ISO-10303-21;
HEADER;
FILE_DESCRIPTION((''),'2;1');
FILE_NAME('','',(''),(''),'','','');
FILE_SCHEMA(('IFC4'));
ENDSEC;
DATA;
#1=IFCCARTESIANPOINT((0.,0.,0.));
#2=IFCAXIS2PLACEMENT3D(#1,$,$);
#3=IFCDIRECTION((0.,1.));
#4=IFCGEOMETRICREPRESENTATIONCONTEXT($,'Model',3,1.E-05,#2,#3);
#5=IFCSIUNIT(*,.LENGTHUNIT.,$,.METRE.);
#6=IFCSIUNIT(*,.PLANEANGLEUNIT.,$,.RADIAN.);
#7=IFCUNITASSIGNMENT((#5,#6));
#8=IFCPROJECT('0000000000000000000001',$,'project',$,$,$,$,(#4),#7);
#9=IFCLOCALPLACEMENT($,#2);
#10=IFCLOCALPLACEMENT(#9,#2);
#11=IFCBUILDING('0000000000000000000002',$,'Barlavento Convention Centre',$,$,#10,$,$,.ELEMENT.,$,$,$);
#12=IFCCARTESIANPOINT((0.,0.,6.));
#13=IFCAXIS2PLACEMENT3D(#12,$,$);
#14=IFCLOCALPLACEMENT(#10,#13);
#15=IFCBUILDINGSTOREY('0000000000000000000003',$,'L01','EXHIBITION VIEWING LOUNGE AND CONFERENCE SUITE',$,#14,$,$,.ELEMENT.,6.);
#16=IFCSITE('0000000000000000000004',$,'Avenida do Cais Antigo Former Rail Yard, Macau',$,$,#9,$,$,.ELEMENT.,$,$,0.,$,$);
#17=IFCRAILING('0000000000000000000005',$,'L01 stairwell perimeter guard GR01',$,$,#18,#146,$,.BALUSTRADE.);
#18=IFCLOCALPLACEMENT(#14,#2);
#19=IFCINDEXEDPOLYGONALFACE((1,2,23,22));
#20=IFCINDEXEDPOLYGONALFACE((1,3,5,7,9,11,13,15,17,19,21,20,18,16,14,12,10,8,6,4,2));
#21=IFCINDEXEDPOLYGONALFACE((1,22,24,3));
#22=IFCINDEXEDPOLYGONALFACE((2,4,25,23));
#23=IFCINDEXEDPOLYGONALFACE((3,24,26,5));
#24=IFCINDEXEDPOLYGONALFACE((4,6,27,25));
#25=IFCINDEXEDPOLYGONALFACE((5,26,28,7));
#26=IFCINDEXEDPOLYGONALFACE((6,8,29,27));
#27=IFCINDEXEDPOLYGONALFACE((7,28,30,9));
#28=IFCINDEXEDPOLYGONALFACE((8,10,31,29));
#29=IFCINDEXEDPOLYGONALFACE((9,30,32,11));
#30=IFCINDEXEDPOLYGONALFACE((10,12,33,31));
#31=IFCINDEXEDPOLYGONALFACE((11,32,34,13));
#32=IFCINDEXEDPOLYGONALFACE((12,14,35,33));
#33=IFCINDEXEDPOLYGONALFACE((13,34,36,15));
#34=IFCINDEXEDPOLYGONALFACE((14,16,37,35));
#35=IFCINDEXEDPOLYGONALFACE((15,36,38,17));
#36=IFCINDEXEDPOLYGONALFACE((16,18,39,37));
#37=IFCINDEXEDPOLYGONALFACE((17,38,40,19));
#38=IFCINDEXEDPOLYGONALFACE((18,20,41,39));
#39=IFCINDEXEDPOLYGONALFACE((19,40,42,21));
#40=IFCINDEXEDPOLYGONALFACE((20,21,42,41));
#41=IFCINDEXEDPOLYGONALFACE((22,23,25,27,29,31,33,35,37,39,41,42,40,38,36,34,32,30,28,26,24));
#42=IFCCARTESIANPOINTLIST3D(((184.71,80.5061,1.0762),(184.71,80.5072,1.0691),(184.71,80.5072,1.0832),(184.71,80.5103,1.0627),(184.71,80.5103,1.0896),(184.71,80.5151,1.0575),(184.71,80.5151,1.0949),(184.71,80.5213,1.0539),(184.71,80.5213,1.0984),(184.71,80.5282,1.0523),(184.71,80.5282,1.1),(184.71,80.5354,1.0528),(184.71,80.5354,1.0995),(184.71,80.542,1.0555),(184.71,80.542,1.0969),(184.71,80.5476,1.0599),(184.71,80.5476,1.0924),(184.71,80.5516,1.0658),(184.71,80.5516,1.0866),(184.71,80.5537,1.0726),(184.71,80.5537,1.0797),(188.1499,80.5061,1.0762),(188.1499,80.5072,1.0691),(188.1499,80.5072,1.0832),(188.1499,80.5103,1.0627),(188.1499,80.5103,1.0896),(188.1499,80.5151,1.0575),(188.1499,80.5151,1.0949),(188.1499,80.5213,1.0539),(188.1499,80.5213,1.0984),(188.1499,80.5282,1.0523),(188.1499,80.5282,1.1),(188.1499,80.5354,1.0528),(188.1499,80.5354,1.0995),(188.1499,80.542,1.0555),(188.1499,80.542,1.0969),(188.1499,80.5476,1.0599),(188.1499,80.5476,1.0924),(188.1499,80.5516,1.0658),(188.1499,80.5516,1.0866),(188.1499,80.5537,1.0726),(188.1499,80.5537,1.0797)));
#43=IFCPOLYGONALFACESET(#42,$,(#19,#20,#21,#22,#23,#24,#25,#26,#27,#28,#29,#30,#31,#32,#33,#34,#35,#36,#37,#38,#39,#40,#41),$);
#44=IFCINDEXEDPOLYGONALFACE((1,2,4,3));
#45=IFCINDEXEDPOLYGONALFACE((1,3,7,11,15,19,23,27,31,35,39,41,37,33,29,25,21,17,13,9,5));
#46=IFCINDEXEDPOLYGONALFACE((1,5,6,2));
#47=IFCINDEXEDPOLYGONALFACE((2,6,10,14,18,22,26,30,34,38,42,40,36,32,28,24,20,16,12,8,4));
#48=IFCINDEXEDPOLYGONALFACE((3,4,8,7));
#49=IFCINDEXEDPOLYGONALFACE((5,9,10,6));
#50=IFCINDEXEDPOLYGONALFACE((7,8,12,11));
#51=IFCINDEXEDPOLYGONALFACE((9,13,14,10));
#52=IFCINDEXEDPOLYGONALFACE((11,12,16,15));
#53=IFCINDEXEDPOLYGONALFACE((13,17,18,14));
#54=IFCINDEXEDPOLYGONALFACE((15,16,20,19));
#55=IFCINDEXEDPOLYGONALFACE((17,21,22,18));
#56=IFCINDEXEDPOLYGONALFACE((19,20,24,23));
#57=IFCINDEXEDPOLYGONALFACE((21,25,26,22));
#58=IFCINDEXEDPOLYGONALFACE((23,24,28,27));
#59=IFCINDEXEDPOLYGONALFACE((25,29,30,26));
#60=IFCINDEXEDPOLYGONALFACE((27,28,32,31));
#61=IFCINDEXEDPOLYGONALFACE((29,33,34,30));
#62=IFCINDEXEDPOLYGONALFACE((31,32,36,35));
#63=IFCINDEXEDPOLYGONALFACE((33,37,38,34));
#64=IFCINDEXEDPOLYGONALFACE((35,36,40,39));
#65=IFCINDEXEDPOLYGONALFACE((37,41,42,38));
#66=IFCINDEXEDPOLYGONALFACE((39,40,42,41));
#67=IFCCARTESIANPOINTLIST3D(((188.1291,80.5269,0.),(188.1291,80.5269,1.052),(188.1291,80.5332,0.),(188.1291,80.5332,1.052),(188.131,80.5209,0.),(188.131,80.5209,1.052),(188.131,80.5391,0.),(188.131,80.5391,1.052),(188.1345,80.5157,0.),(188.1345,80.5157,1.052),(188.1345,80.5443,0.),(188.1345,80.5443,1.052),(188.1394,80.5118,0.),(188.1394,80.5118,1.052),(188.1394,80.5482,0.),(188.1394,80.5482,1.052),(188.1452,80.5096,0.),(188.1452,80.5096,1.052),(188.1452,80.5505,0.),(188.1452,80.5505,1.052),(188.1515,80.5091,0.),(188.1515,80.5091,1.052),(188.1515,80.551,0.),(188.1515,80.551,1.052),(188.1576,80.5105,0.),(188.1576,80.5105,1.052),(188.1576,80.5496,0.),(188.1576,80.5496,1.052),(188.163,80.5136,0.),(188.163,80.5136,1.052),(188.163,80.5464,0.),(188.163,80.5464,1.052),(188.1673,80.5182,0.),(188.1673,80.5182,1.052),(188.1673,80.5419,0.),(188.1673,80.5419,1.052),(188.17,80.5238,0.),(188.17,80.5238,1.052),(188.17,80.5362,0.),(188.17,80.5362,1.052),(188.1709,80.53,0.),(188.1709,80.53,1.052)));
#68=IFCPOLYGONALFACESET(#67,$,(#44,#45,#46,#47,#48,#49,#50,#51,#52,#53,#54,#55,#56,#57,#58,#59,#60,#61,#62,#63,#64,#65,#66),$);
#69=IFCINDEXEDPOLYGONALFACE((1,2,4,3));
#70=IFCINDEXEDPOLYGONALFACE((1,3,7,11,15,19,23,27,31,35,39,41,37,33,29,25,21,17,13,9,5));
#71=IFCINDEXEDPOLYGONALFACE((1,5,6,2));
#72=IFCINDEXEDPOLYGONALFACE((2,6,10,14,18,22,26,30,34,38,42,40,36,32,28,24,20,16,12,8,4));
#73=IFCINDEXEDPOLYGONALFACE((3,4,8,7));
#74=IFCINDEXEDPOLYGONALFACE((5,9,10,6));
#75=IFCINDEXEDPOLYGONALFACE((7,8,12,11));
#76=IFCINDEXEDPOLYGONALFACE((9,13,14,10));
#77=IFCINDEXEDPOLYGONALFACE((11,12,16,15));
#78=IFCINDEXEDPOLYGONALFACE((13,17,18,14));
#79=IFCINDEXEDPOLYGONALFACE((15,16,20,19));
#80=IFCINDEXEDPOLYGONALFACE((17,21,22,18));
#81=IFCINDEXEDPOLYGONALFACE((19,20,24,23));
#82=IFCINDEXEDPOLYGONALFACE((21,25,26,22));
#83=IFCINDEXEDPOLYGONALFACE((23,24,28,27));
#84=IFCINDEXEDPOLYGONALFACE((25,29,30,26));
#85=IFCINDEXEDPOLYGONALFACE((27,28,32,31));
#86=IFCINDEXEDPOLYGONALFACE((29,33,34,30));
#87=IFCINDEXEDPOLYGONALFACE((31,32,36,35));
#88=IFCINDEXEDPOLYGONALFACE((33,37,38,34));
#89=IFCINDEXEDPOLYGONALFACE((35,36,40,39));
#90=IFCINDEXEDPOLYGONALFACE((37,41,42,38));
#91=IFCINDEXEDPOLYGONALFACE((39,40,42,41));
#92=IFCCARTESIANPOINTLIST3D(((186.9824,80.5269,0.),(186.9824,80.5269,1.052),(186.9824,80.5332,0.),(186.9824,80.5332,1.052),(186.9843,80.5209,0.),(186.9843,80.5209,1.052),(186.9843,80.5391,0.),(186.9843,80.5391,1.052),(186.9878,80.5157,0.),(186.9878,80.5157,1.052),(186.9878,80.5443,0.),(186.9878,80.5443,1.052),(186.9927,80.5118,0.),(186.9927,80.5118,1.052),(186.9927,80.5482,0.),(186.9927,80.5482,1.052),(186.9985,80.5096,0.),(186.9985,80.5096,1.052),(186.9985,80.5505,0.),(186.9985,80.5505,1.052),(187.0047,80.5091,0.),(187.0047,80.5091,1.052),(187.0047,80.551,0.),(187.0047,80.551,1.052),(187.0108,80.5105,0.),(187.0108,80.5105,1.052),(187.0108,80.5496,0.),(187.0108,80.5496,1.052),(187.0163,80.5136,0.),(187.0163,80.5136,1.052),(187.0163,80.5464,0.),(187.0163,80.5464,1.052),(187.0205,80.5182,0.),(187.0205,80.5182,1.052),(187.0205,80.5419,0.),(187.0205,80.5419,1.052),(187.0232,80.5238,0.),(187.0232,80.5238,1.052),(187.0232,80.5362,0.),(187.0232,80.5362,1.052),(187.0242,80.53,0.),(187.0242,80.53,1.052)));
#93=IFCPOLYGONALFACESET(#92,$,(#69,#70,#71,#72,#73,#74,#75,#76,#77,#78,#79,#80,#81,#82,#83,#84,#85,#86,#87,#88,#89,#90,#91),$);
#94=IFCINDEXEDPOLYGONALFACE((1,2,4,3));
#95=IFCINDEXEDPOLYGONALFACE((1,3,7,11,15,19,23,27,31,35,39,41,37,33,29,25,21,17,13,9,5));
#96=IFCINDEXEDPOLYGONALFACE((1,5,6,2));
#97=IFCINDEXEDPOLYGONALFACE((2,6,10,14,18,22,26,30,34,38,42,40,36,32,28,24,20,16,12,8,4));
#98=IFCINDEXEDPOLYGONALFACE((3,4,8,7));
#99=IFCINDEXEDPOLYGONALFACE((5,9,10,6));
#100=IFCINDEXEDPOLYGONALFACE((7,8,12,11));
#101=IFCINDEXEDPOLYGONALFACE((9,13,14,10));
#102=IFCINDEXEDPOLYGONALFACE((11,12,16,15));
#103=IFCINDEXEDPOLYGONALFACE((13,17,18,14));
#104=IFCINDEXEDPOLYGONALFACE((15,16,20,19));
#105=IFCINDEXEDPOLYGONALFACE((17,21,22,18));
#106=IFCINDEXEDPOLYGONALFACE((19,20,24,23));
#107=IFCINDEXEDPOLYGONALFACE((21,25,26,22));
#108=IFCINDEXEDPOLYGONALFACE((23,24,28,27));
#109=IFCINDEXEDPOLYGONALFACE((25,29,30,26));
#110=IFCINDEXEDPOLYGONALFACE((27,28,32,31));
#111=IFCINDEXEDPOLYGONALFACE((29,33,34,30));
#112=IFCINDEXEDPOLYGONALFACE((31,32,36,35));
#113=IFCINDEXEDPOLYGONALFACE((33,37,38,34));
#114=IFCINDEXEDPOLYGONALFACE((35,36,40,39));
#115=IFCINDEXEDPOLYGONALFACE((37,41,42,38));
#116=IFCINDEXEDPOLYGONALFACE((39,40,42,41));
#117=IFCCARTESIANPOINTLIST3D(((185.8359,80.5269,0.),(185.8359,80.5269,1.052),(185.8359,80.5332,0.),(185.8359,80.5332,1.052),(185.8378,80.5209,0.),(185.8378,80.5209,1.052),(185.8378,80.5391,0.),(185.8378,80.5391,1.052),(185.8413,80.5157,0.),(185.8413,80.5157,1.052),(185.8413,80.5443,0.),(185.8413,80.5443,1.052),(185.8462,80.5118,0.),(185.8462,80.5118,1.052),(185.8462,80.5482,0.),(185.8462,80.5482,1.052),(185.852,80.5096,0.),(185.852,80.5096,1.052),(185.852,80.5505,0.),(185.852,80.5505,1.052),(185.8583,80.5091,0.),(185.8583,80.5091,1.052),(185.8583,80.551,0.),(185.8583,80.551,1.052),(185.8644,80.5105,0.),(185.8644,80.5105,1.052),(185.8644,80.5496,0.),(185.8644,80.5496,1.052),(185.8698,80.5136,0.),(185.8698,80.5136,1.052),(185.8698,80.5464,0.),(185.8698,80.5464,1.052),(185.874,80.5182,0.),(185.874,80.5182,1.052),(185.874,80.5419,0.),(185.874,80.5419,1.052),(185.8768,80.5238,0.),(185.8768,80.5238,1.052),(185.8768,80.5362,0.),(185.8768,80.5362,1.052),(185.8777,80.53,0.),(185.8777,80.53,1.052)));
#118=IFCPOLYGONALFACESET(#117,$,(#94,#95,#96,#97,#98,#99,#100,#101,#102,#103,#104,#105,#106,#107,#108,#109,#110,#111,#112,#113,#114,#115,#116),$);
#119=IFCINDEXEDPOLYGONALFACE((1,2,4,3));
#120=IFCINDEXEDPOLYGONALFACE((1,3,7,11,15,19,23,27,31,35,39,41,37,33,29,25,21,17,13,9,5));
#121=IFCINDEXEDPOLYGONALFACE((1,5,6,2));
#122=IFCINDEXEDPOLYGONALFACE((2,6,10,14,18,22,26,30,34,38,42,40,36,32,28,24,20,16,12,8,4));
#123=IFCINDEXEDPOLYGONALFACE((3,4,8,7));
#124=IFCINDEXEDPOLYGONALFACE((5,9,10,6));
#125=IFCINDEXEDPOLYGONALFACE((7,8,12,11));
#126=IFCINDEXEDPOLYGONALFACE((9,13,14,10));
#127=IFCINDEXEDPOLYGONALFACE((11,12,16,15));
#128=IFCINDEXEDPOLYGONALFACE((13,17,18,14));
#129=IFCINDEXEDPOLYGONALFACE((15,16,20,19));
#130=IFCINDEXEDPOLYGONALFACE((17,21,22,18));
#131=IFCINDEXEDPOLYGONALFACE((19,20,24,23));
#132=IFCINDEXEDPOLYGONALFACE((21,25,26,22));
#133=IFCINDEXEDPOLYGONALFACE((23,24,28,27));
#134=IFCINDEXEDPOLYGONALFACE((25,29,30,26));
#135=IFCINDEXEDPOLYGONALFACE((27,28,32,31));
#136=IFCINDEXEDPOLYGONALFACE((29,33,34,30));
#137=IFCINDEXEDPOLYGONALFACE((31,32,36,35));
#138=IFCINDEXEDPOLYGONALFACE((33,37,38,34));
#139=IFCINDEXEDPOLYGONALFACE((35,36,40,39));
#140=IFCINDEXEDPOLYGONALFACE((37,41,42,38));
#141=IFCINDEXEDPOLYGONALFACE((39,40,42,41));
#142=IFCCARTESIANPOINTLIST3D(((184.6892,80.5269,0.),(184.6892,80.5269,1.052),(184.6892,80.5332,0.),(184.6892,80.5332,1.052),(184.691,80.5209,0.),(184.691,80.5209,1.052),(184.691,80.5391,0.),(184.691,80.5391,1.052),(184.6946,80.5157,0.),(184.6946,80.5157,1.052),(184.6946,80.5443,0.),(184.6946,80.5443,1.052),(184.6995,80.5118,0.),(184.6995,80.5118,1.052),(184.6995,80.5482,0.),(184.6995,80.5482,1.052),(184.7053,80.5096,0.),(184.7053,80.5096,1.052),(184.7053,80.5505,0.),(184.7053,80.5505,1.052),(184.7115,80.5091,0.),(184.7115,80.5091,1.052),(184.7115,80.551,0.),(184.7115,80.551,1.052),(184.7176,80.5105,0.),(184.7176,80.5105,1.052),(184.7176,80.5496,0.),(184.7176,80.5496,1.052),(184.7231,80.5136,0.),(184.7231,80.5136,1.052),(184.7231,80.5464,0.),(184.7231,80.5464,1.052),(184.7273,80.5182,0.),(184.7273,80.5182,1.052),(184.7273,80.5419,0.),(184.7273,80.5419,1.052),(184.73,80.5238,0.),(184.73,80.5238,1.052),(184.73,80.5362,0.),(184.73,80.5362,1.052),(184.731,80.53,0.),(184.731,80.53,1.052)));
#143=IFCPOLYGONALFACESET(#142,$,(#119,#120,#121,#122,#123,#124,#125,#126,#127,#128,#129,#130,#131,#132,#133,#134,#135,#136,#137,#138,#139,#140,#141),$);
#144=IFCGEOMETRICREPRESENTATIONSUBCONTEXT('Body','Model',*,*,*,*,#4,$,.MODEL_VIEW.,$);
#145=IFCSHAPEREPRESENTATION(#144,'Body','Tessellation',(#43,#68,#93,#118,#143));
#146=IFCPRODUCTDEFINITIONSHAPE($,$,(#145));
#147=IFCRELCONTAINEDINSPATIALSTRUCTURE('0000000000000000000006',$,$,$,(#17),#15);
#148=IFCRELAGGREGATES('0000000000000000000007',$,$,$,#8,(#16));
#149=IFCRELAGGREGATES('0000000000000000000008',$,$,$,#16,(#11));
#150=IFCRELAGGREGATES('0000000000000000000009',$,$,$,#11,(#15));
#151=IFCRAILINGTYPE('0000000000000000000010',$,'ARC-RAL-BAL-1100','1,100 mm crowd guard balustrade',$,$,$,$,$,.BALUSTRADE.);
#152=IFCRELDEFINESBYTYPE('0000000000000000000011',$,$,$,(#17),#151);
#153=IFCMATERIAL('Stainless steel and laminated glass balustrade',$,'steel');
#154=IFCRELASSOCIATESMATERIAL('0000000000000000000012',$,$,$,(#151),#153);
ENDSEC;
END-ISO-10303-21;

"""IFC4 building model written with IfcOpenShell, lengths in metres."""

from ifc_helpers import new_model, si_unit, direction, frame, origin, origin_2d, place, context, subcontext, project, spatial, circle, extrude, material, type_object, element, save


model = new_model("IFC4")

# Units and contexts
model_context = context("Model", 3, precision=1e-05, world=origin(), true_north=direction((0.0, 1.0)))
body_context = subcontext(model_context, "Body", "Model", "MODEL_VIEW")
ifc_project = project(units=[si_unit("LENGTHUNIT", "METRE"), si_unit("PLANEANGLEUNIT", "RADIAN")], contexts=[model_context])

# Site, building, storey
site_placement = place(None, origin())
site = spatial("IfcSite", under=ifc_project, at=site_placement, Name="Avenida do Cais Antigo Former Rail Yard, Macau", CompositionType="ELEMENT", RefElevation=0.0)
building_placement = place(site_placement, origin())
building = spatial("IfcBuilding", under=site, at=building_placement, Name="Barlavento Convention Centre", CompositionType="ELEMENT")
storey_placement = place(building_placement, frame((0.0, 0.0, 6.0)))
storey = spatial("IfcBuildingStorey", under=building, at=storey_placement, Name="L01", Description="EXHIBITION VIEWING LOUNGE AND CONFERENCE SUITE", CompositionType="ELEMENT", Elevation=6.0)

# Railing
ifc_material_1 = material(Name="Stainless steel and laminated glass balustrade", Category="steel")
railing_type_1 = type_object("IfcRailingType", Name="ARC-RAL-BAL-1100", Description="1,100 mm crowd guard balustrade", PredefinedType="BALUSTRADE", material=ifc_material_1)
for number, where, name in (
    (1, (188.1499, 80.53, 0.0), "L01 stairwell perimeter guard GR01"),
):
    element("IfcRailing", number, at=place(storey_placement, frame(where)), inside=storey, type_object=railing_type_1, Name=name, PredefinedType="BALUSTRADE", context=body_context, shape_type="SweptSolid", body=[
        extrude(circle(Radius=0.0239, at=origin_2d()), frame((0.0, 0.0, 1.0762), z_axis=(-1.0, 0.0, 0.0), x_axis=(0.0, -1.0, 0.0)), (0.0, 0.0, 1.0), 3.4399),
        extrude(circle(Radius=0.021, at=origin_2d()), origin(), (0.0, 0.0, 1.0), 1.052),
        extrude(circle(Radius=0.021, at=origin_2d()), frame((-1.1467, 0.0, 0.0)), (0.0, 0.0, 1.0), 1.052),
        extrude(circle(Radius=0.021, at=origin_2d()), frame((-2.2932, 0.0, 0.0)), (0.0, 0.0, 1.0), 1.052),
        extrude(circle(Radius=0.021, at=origin_2d()), frame((-3.4399, 0.0, 0.0)), (0.0, 0.0, 1.0), 1.052),
    ])

save(model, "model.ifc")
